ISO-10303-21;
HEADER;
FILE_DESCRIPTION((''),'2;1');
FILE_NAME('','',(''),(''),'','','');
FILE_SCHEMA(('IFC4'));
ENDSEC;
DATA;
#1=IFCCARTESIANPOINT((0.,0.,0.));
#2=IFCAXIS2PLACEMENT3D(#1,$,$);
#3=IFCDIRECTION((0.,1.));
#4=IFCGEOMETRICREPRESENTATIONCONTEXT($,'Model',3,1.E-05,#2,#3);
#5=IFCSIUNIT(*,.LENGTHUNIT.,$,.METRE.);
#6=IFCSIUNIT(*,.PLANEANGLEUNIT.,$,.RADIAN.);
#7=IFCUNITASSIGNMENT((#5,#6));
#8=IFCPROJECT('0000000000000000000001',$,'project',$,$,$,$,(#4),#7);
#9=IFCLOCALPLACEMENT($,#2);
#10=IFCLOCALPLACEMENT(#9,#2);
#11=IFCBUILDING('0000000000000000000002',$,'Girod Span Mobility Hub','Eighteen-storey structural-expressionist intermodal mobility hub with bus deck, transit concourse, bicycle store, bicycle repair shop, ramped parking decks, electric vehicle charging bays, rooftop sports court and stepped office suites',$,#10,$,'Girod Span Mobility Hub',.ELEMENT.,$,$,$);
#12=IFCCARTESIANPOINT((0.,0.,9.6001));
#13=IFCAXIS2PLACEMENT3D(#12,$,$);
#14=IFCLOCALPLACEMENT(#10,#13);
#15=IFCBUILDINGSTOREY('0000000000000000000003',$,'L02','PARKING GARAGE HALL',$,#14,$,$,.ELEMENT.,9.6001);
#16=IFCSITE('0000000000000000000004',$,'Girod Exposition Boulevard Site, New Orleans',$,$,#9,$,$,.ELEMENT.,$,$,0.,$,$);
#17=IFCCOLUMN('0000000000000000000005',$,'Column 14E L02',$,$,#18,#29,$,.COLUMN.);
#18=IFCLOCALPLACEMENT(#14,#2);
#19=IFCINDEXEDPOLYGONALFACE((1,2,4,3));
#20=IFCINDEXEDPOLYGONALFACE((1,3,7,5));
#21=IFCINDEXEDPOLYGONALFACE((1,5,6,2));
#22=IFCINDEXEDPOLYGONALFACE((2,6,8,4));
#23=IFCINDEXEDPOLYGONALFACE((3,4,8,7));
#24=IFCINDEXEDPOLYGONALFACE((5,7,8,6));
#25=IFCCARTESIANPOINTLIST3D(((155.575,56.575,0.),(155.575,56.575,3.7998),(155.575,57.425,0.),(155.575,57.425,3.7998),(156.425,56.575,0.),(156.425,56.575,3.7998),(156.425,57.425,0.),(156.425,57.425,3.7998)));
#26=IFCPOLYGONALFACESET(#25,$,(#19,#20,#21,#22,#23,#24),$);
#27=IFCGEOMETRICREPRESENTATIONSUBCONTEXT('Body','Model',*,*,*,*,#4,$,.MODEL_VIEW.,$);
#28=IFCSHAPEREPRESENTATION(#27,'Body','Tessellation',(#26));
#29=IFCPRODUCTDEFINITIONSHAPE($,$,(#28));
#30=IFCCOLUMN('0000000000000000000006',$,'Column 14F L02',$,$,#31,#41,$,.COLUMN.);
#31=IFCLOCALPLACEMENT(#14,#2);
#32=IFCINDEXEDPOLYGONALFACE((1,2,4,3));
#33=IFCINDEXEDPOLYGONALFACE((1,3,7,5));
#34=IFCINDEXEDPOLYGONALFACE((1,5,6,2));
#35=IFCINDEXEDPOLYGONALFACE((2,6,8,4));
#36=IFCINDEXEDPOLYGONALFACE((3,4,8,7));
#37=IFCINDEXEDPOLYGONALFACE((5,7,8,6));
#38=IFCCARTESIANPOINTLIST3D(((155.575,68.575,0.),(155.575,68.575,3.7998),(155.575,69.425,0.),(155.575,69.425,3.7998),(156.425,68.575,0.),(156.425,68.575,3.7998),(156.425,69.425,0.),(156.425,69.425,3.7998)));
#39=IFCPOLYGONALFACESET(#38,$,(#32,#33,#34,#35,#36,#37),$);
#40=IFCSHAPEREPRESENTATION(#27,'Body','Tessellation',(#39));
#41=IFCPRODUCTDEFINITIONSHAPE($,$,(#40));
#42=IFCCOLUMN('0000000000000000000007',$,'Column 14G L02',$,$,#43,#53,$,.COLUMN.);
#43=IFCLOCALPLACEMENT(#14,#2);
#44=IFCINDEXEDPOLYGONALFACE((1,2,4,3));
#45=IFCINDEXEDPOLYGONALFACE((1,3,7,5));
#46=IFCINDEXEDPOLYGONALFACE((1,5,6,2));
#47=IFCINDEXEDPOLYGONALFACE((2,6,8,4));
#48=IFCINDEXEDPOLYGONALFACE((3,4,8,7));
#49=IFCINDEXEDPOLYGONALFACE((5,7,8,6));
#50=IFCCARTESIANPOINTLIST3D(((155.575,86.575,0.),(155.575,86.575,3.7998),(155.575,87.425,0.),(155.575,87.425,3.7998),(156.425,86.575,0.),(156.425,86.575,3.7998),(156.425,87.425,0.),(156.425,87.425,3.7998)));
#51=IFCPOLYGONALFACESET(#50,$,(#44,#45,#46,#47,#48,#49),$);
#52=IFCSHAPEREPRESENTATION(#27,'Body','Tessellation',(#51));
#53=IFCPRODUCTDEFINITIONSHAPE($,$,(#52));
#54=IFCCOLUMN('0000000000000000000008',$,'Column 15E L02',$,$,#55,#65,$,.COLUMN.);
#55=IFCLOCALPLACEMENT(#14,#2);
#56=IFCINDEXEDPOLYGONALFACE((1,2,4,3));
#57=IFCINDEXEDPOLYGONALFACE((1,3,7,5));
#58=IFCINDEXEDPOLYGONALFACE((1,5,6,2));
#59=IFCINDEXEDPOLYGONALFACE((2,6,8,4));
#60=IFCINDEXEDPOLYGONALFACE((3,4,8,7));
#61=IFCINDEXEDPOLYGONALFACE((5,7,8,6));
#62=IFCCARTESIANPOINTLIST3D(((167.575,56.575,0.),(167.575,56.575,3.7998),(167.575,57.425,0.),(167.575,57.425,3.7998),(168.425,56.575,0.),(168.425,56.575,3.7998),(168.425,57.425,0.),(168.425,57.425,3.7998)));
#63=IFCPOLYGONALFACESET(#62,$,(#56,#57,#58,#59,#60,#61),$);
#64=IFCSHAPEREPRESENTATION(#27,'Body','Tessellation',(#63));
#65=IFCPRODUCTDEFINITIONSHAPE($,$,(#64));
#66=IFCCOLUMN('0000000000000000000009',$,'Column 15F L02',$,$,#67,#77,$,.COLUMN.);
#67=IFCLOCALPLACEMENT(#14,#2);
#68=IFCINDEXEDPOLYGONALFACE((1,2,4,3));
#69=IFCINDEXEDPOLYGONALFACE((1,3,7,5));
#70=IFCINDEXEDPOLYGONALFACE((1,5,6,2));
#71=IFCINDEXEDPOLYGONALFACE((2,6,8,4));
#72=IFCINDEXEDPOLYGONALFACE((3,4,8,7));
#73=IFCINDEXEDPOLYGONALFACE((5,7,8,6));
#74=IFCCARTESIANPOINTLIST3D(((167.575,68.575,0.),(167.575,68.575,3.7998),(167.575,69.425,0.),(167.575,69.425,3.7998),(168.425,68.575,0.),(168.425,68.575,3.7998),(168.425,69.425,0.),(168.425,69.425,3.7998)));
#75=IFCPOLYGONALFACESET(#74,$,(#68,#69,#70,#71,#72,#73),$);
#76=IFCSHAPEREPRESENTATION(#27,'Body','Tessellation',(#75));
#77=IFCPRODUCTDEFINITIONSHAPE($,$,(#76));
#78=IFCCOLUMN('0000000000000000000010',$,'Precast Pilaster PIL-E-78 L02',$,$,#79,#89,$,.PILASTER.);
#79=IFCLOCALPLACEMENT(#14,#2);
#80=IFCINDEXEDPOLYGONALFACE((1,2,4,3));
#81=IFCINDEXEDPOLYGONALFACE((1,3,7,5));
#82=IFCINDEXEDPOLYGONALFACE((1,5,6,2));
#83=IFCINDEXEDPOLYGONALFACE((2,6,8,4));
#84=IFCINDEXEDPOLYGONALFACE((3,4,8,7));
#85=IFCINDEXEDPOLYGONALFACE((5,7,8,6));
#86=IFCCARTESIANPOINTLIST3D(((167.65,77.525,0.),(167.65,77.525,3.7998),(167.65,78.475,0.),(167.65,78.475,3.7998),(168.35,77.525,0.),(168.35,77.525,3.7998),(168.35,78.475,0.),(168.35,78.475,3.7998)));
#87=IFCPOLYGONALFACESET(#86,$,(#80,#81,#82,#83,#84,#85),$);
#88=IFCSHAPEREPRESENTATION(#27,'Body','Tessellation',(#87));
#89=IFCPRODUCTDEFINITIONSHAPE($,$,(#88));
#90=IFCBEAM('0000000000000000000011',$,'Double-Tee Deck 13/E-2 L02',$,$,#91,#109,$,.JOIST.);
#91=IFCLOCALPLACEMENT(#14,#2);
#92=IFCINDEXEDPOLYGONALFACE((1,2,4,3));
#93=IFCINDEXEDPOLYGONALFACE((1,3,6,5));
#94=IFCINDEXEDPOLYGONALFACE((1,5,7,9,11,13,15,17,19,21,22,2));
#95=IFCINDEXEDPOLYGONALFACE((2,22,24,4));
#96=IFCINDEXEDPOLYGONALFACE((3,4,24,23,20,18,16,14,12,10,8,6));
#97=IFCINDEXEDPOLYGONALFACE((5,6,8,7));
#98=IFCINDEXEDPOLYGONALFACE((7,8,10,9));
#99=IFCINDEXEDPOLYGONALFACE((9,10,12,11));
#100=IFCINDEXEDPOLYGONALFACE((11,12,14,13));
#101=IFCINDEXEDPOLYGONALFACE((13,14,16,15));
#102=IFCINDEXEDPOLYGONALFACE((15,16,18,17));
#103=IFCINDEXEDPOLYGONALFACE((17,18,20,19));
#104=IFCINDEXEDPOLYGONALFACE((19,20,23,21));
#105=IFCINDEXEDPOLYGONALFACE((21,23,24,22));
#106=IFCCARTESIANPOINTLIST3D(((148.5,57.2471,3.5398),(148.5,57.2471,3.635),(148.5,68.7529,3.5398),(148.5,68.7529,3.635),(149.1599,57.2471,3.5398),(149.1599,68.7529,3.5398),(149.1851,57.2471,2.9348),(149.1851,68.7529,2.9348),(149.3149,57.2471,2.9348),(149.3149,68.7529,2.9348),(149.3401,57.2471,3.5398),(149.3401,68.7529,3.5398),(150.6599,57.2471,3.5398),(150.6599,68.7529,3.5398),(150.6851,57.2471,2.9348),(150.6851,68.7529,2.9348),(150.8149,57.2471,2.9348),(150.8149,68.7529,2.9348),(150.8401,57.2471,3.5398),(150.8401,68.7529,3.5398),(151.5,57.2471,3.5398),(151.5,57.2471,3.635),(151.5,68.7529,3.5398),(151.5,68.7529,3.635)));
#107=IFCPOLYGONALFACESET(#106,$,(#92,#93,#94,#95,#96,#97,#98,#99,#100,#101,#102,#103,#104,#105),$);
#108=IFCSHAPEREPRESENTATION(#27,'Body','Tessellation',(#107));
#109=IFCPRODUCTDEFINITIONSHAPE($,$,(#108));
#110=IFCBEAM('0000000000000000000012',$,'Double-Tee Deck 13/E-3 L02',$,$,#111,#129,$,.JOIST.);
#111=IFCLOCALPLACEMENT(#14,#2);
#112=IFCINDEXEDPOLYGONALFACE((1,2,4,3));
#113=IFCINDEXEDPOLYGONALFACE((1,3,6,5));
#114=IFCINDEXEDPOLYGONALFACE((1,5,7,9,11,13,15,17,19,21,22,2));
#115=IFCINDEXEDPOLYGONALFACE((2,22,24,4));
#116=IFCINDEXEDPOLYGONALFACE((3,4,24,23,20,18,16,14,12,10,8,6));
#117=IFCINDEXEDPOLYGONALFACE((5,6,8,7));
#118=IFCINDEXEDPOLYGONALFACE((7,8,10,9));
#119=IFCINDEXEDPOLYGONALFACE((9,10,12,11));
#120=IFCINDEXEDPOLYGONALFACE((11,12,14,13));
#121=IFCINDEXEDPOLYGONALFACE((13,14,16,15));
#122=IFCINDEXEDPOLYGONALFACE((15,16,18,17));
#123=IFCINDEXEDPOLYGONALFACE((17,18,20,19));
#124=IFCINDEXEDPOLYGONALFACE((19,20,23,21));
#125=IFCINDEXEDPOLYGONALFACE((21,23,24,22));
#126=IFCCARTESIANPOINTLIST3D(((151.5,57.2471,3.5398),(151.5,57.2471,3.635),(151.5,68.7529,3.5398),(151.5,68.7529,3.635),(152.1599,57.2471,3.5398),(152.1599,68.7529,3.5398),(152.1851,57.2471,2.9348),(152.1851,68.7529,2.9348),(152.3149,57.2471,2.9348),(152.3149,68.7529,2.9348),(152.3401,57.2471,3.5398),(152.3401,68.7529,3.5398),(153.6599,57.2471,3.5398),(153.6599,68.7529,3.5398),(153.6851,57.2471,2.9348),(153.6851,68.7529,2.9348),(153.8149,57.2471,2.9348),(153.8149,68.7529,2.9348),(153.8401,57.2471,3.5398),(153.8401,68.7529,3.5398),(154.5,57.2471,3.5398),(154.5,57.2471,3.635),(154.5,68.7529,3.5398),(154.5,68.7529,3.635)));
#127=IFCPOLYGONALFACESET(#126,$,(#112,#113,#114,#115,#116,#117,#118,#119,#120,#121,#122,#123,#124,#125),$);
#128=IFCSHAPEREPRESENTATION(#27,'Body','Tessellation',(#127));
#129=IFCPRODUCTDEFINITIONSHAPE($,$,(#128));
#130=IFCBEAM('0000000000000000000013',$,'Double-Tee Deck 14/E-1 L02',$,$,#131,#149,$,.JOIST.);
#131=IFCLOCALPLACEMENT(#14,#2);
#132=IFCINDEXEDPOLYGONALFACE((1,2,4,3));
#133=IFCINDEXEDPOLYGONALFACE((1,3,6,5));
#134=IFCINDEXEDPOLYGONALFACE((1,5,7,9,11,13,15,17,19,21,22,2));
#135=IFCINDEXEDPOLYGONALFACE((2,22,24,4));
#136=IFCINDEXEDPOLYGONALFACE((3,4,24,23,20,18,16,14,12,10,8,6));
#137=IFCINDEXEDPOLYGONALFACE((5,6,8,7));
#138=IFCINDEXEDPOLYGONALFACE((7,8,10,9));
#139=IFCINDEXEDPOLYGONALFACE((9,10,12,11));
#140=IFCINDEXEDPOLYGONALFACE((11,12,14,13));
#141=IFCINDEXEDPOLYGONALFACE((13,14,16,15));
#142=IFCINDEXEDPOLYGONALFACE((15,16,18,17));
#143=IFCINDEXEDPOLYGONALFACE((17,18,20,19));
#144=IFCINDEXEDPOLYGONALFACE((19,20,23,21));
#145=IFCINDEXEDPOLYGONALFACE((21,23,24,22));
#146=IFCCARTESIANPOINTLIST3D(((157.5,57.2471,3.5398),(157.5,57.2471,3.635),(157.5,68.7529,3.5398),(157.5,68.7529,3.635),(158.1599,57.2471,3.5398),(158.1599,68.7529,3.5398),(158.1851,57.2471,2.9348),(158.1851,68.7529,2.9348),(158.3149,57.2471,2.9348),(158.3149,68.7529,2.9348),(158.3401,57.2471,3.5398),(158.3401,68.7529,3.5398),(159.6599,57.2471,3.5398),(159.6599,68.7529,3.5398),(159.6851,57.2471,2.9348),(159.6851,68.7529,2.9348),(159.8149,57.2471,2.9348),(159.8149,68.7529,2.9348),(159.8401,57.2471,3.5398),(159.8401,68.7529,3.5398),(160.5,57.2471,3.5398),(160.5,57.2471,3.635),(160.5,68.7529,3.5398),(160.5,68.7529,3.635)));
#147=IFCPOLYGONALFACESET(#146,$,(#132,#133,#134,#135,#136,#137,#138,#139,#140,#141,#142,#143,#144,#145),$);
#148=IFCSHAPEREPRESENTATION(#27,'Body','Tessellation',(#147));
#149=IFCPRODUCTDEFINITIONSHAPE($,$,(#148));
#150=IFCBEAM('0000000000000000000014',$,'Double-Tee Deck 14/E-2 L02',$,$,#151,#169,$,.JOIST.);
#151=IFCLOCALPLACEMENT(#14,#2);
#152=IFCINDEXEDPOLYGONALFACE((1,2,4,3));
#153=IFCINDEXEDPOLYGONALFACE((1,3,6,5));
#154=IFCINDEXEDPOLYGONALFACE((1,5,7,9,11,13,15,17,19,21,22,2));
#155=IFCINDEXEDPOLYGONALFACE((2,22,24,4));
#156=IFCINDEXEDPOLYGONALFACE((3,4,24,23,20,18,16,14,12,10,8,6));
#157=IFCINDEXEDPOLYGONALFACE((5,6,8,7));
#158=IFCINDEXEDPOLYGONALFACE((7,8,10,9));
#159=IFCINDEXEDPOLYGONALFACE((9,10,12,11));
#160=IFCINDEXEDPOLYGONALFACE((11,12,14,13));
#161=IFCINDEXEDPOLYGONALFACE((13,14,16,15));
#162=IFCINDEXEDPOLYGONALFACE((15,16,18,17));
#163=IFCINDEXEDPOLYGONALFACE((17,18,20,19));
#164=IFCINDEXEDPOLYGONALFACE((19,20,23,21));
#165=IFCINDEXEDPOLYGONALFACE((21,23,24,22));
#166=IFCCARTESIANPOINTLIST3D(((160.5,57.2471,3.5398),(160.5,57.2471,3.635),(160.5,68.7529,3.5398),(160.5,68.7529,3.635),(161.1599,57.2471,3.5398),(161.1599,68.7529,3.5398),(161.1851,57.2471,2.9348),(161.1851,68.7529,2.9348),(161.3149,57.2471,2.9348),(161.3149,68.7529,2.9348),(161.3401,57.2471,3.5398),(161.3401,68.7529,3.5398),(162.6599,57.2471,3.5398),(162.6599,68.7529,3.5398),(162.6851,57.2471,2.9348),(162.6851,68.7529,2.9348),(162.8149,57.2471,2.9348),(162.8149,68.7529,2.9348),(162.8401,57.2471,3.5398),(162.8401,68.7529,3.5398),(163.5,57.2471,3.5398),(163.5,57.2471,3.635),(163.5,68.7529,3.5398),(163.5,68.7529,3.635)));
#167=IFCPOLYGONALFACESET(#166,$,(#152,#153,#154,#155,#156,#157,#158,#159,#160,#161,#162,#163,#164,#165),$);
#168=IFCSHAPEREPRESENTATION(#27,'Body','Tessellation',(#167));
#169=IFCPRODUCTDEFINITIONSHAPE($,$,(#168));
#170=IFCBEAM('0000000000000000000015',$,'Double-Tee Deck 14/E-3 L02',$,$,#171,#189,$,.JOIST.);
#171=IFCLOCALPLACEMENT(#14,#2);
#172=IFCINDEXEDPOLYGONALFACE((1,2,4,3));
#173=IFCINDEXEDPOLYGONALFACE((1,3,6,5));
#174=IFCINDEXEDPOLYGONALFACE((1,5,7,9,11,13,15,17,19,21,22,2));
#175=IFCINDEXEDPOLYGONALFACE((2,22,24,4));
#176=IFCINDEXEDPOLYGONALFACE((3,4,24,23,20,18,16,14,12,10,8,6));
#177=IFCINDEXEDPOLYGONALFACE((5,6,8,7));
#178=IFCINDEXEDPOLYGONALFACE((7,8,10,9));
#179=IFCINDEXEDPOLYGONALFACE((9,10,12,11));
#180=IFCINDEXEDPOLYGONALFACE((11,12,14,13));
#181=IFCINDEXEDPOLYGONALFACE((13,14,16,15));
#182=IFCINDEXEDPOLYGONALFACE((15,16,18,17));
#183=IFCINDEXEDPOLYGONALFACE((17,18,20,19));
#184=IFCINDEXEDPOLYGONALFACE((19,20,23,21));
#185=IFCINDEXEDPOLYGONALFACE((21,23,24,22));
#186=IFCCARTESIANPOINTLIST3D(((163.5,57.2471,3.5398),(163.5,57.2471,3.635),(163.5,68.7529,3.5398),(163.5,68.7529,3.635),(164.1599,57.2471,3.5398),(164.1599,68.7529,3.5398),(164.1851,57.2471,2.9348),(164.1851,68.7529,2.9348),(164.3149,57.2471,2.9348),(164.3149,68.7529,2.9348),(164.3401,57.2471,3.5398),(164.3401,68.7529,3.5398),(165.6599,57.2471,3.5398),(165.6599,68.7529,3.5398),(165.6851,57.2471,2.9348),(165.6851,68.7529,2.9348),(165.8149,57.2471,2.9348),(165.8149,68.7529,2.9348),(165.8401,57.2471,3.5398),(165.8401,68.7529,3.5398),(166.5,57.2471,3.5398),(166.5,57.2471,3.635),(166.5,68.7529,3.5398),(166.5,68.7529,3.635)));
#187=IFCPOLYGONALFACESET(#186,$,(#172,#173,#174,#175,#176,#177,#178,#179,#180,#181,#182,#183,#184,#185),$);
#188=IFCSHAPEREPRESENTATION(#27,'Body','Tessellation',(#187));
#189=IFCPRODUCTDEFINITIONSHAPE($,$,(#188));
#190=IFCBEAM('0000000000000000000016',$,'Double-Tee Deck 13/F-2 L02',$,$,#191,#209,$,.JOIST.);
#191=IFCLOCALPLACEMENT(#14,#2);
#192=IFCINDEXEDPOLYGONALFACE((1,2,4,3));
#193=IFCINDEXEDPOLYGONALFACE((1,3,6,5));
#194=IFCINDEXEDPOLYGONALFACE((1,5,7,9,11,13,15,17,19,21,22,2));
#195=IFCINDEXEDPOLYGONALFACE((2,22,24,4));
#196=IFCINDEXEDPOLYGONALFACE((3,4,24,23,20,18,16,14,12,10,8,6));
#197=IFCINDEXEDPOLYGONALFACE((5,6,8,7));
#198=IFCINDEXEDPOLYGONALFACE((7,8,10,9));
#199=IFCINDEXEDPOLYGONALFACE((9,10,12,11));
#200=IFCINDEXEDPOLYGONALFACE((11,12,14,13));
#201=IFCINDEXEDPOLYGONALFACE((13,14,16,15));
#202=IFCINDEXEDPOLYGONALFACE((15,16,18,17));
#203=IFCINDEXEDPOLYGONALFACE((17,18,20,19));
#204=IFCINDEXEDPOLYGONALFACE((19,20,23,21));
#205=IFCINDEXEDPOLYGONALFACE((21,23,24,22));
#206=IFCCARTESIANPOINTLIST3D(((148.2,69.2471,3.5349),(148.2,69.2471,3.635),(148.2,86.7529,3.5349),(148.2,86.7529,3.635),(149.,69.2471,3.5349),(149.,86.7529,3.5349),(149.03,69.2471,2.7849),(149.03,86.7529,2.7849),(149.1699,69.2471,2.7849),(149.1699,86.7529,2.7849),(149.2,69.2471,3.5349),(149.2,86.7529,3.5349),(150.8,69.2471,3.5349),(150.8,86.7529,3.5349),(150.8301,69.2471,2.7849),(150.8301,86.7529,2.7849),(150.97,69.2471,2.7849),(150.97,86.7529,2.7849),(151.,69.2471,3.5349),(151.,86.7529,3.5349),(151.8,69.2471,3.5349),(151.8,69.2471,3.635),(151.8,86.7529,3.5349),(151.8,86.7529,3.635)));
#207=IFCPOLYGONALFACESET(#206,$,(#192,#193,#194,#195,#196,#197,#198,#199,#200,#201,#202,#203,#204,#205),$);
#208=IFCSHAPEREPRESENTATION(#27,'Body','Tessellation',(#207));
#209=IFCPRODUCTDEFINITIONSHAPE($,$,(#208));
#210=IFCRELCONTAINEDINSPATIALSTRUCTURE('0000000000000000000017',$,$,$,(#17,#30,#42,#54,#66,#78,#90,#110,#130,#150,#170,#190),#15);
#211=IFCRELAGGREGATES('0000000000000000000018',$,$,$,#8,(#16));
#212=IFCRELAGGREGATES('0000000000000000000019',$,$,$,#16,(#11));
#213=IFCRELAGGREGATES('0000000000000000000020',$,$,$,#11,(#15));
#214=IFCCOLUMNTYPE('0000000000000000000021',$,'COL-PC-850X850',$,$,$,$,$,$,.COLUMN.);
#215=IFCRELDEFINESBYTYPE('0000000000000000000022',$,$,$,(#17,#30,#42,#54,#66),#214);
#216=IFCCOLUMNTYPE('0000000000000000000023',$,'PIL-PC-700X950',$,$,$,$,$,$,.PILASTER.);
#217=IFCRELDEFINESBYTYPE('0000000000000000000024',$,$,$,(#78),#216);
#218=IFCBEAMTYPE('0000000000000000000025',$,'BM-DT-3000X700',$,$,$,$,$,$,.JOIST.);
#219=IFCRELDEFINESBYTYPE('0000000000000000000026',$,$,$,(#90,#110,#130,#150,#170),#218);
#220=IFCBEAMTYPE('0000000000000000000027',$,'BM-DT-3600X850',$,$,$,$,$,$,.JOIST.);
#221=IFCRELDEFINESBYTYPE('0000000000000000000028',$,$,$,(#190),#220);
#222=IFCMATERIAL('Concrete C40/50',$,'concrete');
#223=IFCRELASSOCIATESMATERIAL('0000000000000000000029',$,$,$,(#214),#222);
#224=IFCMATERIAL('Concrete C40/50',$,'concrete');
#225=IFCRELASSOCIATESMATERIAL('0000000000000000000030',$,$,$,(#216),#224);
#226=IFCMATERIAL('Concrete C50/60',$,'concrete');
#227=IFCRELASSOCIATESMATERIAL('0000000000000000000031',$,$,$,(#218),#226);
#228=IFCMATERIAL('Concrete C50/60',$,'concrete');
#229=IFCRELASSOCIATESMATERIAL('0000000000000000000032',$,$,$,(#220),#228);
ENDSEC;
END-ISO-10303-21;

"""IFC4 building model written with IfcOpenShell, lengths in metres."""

from ifc_helpers import new_model, si_unit, direction, frame, origin, origin_2d, place, context, subcontext, project, spatial, polyline, rectangle, outline, extrude, material, material_profile, profile_set, type_object, element, save


model = new_model("IFC4")

# Units and contexts
model_context = context("Model", 3, precision=1e-05, world=origin(), true_north=direction((0.0, 1.0)))
body_context = subcontext(model_context, "Body", "Model", "MODEL_VIEW")
ifc_project = project(units=[si_unit("LENGTHUNIT", "METRE"), si_unit("PLANEANGLEUNIT", "RADIAN")], contexts=[model_context])

# Site, building, storey
site_placement = place(None, origin())
site = spatial("IfcSite", under=ifc_project, at=site_placement, Name="Girod Exposition Boulevard Site, New Orleans", CompositionType="ELEMENT", RefElevation=0.0)
building_placement = place(site_placement, origin())
building = spatial("IfcBuilding", under=site, at=building_placement, Name="Girod Span Mobility Hub", Description="Eighteen-storey structural-expressionist intermodal mobility hub with bus deck, transit concourse, bicycle store, bicycle repair shop, ramped parking decks, electric vehicle charging bays, rooftop sports court and stepped office suites", LongName="Girod Span Mobility Hub", CompositionType="ELEMENT")
storey_placement = place(building_placement, frame((0.0, 0.0, 9.6001)))
storey = spatial("IfcBuildingStorey", under=building, at=storey_placement, Name="L02", Description="PARKING GARAGE HALL", CompositionType="ELEMENT", Elevation=9.6001)

# Columns
ifc_material_1 = material(Name="Concrete C40/50", Category="concrete")
ifc_material_profile_1 = material_profile(ifc_material_1, rectangle(XDim=0.8501, YDim=0.8501, at=origin_2d()), Name="PC-COL-850X850")
ifc_profile_set_1 = profile_set([ifc_material_profile_1], Name="Concrete C40/50")
column_type_1 = type_object("IfcColumnType", Name="COL-PC-850X850", PredefinedType="COLUMN", material=ifc_profile_set_1)
for number, where, z_axis, x_axis, name in (
    (1, (156.0, 57.0, 0.0), (0.0, 0.0, 1.0), (1.0, 0.0, 0.0), "Column 14E L02"),
    (2, (156.0, 69.0, 0.0), (0.0, 0.0, 1.0), (1.0, 0.0, 0.0), "Column 14F L02"),
    (3, (156.0, 87.0, 0.0), (0.0, 0.0, 1.0), (1.0, 0.0, 0.0), "Column 14G L02"),
    (4, (168.0, 57.0, 0.0), (0.0, 0.0, 1.0), (1.0, 0.0, 0.0), "Column 15E L02"),
    (5, (168.0, 69.0, 0.0), (0.0, 0.0, 1.0), (1.0, 0.0, 0.0), "Column 15F L02"),
):
    element("IfcColumn", number, at=place(storey_placement, frame(where, z_axis=z_axis, x_axis=x_axis)), inside=storey, type_object=column_type_1, Name=name, PredefinedType="COLUMN", context=body_context, shape_type="SweptSolid", body=[
        extrude(rectangle(XDim=0.8501, YDim=0.8501, at=origin_2d()), origin(), (0.0, 0.0, 1.0), 3.7998),
    ])
ifc_material_2 = material(Name="Concrete C40/50", Category="concrete")
ifc_material_profile_2 = material_profile(ifc_material_2, rectangle(XDim=0.7, YDim=0.95, at=origin_2d()), Name="PC-PIL-700X950")
ifc_profile_set_2 = profile_set([ifc_material_profile_2], Name="Concrete C40/50")
column_type_2 = type_object("IfcColumnType", Name="PIL-PC-700X950", PredefinedType="PILASTER", material=ifc_profile_set_2)
column_placement = place(storey_placement, frame((168.0, 78.0, 0.0), z_axis=(0.0, 0.0, 1.0), x_axis=(1.0, 0.0, 0.0)))
element("IfcColumn", 6, at=column_placement, inside=storey, type_object=column_type_2, Name="Precast Pilaster PIL-E-78 L02", PredefinedType="PILASTER", context=body_context, shape_type="SweptSolid", body=[
    extrude(rectangle(XDim=0.7, YDim=0.95, at=origin_2d()), origin(), (0.0, 0.0, 1.0), 3.7998),
])

# Beams
ifc_material_3 = material(Name="Concrete C50/60", Category="concrete")
ifc_material_profile_3 = material_profile(ifc_material_3, outline(polyline([(-1.5, 0.3501), (-1.5, 0.2549), (-0.8401, 0.2549), (-0.8149, -0.3501), (-0.6851, -0.3501), (-0.6599, 0.2549), (0.6599, 0.2549), (0.6851, -0.3501), (0.8149, -0.3501), (0.8401, 0.2549), (1.5, 0.2549), (1.5, 0.3501), (-1.5, 0.3501)])), Name="DT-3000X700")
ifc_profile_set_3 = profile_set([ifc_material_profile_3], Name="Concrete C50/60")
beam_type_1 = type_object("IfcBeamType", Name="BM-DT-3000X700", PredefinedType="JOIST", material=ifc_profile_set_3)
for number, where, z_axis, x_axis, name in (
    (7, (150.0, 57.2471, 3.2849), (0.0, 1.0, 0.0), (-1.0, 0.0, 0.0), "Double-Tee Deck 13/E-2 L02"),
    (8, (153.0, 57.2471, 3.2849), (0.0, 1.0, 0.0), (-1.0, 0.0, 0.0), "Double-Tee Deck 13/E-3 L02"),
    (9, (159.0, 57.2471, 3.2849), (0.0, 1.0, 0.0), (-1.0, 0.0, 0.0), "Double-Tee Deck 14/E-1 L02"),
    (10, (162.0, 57.2471, 3.2849), (0.0, 1.0, 0.0), (-1.0, 0.0, 0.0), "Double-Tee Deck 14/E-2 L02"),
    (11, (165.0, 57.2471, 3.2849), (0.0, 1.0, 0.0), (-1.0, 0.0, 0.0), "Double-Tee Deck 14/E-3 L02"),
):
    element("IfcBeam", number, at=place(storey_placement, frame(where, z_axis=z_axis, x_axis=x_axis)), inside=storey, type_object=beam_type_1, Name=name, PredefinedType="JOIST", context=body_context, shape_type="SweptSolid", body=[
        extrude(outline(polyline([(-1.5, 0.3501), (-1.5, 0.2549), (-0.8401, 0.2549), (-0.8149, -0.3501), (-0.6851, -0.3501), (-0.6599, 0.2549), (0.6599, 0.2549), (0.6851, -0.3501), (0.8149, -0.3501), (0.8401, 0.2549), (1.5, 0.2549), (1.5, 0.3501), (-1.5, 0.3501)])), origin(), (0.0, 0.0, 1.0), 11.5059),
    ])
ifc_material_4 = material(Name="Concrete C50/60", Category="concrete")
ifc_material_profile_4 = material_profile(ifc_material_4, outline(polyline([(-1.8, 0.425), (-1.8, 0.325), (-1.0, 0.325), (-0.97, -0.425), (-0.8301, -0.425), (-0.8, 0.325), (0.8, 0.325), (0.8301, -0.425), (0.97, -0.425), (1.0, 0.325), (1.8, 0.325), (1.8, 0.425), (-1.8, 0.425)])), Name="DT-3600X850")
ifc_profile_set_4 = profile_set([ifc_material_profile_4], Name="Concrete C50/60")
beam_type_2 = type_object("IfcBeamType", Name="BM-DT-3600X850", PredefinedType="JOIST", material=ifc_profile_set_4)
for number, where, z_axis, x_axis, name in (
    (12, (150.0, 69.2471, 3.21), (0.0, 1.0, 0.0), (-1.0, 0.0, 0.0), "Double-Tee Deck 13/F-2 L02"),
):
    element("IfcBeam", number, at=place(storey_placement, frame(where, z_axis=z_axis, x_axis=x_axis)), inside=storey, type_object=beam_type_2, Name=name, PredefinedType="JOIST", context=body_context, shape_type="SweptSolid", body=[
        extrude(outline(polyline([(-1.8, 0.425), (-1.8, 0.325), (-1.0, 0.325), (-0.97, -0.425), (-0.8301, -0.425), (-0.8, 0.325), (0.8, 0.325), (0.8301, -0.425), (0.97, -0.425), (1.0, 0.325), (1.8, 0.325), (1.8, 0.425), (-1.8, 0.425)])), origin(), (0.0, 0.0, 1.0), 17.5059),
    ])

save(model, "model.ifc")
